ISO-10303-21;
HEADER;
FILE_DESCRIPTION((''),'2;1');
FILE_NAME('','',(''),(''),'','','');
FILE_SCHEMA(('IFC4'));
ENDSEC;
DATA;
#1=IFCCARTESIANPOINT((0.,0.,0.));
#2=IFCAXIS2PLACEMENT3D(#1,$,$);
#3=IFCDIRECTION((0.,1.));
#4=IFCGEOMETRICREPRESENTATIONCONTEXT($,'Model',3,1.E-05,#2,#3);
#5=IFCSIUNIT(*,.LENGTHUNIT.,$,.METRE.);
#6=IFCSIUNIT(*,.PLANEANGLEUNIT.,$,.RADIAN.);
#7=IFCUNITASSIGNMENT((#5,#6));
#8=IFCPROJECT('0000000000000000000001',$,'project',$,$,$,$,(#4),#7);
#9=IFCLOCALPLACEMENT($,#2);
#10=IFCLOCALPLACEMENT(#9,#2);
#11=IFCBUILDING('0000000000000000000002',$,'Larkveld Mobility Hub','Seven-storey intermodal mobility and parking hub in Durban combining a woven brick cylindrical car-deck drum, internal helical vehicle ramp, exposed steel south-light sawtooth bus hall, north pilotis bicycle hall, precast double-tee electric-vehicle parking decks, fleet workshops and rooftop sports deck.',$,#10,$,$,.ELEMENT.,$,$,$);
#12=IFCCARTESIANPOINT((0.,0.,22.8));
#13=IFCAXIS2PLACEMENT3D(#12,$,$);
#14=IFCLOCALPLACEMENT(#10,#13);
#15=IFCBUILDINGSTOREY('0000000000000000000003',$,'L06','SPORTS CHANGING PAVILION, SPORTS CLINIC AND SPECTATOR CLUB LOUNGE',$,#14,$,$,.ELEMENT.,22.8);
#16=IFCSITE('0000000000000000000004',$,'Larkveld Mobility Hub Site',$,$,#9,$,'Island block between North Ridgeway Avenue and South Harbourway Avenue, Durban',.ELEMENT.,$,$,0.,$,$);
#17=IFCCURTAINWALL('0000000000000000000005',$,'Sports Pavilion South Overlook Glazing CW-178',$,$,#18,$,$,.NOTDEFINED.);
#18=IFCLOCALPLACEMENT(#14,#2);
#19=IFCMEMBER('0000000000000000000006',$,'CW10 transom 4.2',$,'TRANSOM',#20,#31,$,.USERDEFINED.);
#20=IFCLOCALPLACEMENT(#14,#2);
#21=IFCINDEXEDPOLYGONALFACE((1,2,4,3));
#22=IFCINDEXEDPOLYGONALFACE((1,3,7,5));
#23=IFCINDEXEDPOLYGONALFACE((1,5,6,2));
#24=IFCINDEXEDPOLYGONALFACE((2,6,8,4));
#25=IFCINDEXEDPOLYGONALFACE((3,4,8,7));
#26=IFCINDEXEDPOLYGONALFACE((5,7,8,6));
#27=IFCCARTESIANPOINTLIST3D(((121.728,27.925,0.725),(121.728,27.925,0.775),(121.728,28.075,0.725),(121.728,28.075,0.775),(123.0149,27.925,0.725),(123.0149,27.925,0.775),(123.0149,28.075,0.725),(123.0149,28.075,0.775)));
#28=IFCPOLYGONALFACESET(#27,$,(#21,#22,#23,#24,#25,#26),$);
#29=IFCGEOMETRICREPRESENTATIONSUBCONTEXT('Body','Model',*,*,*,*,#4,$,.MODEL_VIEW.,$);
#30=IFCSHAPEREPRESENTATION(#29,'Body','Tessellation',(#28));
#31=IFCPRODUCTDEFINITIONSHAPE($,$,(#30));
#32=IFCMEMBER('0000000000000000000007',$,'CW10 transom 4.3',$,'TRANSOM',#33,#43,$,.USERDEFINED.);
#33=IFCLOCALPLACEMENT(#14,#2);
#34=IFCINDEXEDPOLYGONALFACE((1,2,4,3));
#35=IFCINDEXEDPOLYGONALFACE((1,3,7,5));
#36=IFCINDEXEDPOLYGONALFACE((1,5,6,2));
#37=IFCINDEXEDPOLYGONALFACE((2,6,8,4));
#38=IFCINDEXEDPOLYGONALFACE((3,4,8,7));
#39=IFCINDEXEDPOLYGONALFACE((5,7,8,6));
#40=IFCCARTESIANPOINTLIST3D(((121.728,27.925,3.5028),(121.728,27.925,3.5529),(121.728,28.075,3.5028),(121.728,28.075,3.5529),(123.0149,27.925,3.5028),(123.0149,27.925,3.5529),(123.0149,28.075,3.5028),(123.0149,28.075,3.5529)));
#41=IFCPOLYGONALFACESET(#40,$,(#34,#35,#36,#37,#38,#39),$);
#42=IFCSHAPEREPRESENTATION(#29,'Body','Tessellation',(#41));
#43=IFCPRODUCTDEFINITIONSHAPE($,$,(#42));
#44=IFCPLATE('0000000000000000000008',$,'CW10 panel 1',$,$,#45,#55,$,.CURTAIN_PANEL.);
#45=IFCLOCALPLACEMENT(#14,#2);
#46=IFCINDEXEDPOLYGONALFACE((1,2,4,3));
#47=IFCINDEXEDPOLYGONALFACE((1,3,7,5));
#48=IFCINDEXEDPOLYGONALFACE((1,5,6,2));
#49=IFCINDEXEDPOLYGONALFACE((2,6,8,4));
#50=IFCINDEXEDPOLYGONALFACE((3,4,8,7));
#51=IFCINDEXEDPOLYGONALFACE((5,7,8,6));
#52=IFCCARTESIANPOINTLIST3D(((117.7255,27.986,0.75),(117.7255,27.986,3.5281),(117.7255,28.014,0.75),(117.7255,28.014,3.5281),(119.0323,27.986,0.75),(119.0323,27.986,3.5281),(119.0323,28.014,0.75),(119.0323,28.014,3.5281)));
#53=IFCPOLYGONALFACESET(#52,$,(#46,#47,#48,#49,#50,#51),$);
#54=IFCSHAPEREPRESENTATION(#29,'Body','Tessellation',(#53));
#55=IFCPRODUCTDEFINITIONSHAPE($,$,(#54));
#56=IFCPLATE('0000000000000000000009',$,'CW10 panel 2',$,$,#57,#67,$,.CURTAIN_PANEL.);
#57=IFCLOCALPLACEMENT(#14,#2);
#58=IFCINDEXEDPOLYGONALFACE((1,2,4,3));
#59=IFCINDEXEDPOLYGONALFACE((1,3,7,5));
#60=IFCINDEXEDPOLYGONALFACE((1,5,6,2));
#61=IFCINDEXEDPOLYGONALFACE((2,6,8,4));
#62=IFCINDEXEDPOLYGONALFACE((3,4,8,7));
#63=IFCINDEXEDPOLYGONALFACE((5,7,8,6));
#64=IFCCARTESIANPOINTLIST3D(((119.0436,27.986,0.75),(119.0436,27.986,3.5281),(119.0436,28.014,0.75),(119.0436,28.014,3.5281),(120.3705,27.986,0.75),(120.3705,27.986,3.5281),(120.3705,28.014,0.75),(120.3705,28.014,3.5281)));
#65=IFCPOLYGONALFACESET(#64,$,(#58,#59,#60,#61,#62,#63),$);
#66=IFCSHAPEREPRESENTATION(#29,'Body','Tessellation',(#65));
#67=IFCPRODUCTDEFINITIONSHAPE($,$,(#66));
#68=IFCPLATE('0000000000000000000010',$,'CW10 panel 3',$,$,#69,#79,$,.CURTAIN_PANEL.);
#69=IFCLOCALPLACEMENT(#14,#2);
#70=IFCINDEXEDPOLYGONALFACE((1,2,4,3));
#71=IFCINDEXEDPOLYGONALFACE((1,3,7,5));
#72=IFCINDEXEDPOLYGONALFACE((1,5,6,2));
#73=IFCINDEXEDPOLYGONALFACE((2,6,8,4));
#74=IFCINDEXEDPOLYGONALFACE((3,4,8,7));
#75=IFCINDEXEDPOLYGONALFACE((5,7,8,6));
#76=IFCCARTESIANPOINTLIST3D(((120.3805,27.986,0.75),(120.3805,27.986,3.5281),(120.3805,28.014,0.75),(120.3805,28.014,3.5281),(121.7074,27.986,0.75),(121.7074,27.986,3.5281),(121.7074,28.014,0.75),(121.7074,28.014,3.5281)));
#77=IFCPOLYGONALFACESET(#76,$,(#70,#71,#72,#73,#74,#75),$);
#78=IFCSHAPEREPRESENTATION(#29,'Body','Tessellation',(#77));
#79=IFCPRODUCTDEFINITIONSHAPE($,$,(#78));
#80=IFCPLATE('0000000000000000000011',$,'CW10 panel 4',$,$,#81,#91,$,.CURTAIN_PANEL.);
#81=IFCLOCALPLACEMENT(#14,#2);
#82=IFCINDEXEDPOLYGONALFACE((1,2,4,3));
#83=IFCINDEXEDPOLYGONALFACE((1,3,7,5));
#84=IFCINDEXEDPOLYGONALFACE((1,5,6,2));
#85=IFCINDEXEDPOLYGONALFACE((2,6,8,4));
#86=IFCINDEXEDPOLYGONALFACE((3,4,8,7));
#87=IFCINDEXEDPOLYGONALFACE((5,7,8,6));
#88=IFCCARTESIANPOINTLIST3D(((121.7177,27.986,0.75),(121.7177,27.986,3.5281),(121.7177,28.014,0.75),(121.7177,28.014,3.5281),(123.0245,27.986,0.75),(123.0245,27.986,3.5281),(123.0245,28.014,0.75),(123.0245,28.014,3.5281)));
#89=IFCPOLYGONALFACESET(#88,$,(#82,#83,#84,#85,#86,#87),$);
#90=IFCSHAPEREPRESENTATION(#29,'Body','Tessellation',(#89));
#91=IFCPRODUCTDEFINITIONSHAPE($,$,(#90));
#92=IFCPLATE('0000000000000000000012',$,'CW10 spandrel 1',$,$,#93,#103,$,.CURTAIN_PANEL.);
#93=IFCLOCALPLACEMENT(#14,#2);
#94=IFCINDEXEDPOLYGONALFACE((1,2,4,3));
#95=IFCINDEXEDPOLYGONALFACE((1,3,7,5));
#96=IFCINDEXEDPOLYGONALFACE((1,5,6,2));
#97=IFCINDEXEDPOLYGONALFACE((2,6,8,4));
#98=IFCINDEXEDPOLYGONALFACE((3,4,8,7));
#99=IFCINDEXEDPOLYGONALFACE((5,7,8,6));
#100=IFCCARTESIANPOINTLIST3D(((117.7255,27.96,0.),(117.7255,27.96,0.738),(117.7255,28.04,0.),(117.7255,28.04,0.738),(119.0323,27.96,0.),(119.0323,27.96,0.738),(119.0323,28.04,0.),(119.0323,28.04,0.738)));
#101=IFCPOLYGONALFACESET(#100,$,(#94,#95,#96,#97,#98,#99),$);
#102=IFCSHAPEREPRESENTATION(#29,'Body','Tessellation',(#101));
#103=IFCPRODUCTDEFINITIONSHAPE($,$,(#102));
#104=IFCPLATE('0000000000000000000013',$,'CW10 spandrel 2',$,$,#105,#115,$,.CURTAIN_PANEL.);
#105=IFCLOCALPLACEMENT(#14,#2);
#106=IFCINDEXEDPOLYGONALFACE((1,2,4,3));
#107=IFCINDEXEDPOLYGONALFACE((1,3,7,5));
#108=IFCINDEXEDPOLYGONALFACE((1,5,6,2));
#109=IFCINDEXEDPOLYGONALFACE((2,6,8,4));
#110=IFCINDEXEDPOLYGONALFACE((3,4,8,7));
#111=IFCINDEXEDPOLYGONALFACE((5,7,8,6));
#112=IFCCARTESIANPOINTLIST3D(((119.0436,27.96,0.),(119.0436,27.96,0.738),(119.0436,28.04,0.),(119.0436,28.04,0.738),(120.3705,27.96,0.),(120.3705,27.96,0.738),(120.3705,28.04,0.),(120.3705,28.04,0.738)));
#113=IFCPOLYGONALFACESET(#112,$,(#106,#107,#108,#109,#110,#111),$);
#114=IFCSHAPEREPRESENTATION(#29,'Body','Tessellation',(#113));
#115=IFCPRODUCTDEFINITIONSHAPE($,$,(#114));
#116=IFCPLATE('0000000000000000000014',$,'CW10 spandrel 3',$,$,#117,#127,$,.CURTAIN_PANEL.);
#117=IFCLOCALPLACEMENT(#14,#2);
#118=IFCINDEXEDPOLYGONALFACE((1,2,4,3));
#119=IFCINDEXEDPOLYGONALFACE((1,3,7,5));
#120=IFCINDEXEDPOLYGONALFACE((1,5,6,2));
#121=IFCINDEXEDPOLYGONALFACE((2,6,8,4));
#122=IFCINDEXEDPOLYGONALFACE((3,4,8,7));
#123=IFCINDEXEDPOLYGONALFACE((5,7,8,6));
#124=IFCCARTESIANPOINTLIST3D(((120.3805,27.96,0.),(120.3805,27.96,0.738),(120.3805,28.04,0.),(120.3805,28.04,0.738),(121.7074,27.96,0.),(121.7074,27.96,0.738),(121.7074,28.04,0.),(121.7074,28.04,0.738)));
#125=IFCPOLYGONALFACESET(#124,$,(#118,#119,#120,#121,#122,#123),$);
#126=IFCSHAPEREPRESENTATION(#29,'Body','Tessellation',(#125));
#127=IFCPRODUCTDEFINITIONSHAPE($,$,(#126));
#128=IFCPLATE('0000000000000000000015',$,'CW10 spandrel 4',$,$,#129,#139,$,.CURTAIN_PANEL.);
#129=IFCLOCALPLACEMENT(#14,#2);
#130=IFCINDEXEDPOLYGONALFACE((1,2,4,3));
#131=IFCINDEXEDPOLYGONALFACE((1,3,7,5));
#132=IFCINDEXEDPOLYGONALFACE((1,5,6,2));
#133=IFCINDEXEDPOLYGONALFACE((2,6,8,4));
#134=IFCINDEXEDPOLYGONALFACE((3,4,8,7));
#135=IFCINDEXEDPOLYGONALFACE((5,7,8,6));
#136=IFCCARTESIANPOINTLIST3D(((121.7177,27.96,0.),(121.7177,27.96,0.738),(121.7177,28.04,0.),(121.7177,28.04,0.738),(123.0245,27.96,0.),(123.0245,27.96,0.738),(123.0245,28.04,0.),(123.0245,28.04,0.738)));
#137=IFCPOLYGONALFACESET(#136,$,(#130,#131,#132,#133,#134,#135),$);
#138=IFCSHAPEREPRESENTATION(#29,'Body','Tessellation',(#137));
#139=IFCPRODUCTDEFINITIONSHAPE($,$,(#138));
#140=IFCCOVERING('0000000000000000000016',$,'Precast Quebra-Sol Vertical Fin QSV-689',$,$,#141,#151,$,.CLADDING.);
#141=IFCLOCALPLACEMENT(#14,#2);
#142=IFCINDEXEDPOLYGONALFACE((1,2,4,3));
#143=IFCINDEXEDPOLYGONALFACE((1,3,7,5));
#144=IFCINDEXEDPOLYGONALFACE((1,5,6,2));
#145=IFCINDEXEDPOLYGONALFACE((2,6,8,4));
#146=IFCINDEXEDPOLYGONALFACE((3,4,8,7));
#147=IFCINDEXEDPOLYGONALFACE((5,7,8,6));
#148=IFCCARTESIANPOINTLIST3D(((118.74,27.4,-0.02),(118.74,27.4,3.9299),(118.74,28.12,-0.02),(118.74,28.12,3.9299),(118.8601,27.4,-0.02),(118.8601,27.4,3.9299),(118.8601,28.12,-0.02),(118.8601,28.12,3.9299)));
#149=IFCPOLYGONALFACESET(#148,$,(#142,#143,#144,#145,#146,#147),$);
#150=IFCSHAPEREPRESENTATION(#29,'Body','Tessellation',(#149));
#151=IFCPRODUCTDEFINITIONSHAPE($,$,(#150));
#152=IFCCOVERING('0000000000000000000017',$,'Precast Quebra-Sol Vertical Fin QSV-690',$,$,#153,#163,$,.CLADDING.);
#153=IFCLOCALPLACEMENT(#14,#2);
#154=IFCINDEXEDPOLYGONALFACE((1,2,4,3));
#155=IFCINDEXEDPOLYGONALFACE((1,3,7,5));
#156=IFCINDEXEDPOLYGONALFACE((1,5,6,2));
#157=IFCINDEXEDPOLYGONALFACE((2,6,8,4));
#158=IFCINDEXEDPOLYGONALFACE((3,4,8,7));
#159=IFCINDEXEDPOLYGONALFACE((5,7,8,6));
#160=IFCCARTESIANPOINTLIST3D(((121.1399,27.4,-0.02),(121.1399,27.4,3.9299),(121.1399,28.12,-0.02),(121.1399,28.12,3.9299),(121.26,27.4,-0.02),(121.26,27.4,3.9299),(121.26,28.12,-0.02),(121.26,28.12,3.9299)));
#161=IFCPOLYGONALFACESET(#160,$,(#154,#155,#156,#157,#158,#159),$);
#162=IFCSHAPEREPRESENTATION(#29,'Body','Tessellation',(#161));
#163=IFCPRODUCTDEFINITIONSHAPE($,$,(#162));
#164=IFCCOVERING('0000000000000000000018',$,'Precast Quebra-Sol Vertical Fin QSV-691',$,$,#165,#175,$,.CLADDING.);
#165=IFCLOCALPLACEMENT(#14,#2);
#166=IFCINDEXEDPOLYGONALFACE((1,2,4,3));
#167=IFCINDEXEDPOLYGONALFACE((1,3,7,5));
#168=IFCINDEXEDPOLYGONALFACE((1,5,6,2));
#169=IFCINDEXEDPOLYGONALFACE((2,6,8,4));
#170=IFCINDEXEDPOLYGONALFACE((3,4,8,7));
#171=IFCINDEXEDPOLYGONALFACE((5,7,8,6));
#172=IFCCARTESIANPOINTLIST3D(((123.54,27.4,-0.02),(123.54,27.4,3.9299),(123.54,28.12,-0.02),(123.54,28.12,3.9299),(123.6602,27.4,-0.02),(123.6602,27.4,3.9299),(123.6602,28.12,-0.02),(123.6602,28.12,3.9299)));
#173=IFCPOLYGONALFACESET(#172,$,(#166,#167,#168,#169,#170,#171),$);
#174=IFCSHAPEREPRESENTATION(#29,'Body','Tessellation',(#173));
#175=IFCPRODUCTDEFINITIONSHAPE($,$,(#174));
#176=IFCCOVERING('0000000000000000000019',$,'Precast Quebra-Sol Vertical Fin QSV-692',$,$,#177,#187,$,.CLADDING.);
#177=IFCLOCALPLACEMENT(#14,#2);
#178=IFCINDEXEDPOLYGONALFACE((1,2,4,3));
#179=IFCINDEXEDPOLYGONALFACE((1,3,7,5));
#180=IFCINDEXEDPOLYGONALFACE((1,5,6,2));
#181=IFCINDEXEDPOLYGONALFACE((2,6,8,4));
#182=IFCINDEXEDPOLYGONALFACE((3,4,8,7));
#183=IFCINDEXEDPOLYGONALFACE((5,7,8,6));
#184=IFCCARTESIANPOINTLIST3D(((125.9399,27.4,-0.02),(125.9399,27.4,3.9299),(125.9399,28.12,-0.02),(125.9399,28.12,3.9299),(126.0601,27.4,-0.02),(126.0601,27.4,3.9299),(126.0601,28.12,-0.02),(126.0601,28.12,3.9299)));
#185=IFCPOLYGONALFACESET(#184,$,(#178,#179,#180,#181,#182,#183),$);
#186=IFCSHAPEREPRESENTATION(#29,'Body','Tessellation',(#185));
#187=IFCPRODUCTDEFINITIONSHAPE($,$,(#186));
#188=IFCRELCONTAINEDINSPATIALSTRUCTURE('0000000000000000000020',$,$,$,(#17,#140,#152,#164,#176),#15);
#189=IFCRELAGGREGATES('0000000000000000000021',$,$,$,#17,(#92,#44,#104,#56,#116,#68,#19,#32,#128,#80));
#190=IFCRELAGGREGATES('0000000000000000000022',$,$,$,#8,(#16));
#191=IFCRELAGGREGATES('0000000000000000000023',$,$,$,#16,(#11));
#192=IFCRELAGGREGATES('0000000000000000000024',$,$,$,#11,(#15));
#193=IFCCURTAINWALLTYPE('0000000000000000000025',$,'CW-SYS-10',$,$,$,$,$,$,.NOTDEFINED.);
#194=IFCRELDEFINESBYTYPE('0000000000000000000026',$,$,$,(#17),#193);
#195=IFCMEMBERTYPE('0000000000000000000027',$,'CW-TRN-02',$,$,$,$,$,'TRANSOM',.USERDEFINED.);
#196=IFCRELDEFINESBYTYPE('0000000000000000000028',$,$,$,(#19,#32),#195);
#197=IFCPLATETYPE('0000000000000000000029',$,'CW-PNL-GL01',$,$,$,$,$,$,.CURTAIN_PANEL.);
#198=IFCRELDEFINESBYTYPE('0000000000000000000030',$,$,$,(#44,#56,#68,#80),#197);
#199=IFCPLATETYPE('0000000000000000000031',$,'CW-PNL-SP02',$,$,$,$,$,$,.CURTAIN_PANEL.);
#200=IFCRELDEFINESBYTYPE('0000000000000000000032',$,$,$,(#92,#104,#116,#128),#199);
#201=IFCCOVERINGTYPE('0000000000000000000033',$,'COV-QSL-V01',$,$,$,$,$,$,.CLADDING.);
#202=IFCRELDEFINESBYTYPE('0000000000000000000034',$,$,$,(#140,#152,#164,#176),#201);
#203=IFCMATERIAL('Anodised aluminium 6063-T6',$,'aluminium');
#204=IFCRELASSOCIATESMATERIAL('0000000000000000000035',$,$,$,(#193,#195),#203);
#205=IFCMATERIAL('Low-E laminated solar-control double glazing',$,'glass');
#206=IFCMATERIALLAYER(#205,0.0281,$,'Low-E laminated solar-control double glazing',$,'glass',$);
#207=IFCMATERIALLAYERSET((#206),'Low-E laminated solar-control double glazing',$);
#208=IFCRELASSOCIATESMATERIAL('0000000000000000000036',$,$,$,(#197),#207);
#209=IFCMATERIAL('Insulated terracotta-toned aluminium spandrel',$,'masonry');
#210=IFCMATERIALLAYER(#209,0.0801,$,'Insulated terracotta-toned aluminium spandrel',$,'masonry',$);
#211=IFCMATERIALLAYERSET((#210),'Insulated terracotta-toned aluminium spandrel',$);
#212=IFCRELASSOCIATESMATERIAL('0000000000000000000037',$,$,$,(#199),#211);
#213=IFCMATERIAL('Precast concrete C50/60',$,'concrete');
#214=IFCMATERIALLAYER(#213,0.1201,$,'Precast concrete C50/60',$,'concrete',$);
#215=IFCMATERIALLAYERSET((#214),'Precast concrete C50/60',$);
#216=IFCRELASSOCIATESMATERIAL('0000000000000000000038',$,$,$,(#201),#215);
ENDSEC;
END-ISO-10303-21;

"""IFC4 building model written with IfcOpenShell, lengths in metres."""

from ifc_helpers import new_model, si_unit, direction, frame, origin, origin_2d, place, context, subcontext, project, spatial, rectangle, extrude, material, layer, layer_set, material_profile, profile_set, type_object, element, aggregate, save


model = new_model("IFC4")

# Units and contexts
model_context = context("Model", 3, precision=1e-05, world=origin(), true_north=direction((0.0, 1.0)))
body_context = subcontext(model_context, "Body", "Model", "MODEL_VIEW")
ifc_project = project(units=[si_unit("LENGTHUNIT", "METRE"), si_unit("PLANEANGLEUNIT", "RADIAN")], contexts=[model_context])

# Site, building, storey
site_placement = place(None, origin())
site = spatial("IfcSite", under=ifc_project, at=site_placement, Name="Larkveld Mobility Hub Site", LongName="Island block between North Ridgeway Avenue and South Harbourway Avenue, Durban", CompositionType="ELEMENT", RefElevation=0.0)
building_placement = place(site_placement, origin())
building = spatial("IfcBuilding", under=site, at=building_placement, Name="Larkveld Mobility Hub", Description="Seven-storey intermodal mobility and parking hub in Durban combining a woven brick cylindrical car-deck drum, internal helical vehicle ramp, exposed steel south-light sawtooth bus hall, north pilotis bicycle hall, precast double-tee electric-vehicle parking decks, fleet workshops and rooftop sports deck.", CompositionType="ELEMENT")
storey_placement = place(building_placement, frame((0.0, 0.0, 22.8)))
storey = spatial("IfcBuildingStorey", under=building, at=storey_placement, Name="L06", Description="SPORTS CHANGING PAVILION, SPORTS CLINIC AND SPECTATOR CLUB LOUNGE", CompositionType="ELEMENT", Elevation=22.8)

# Curtain wall, members, plates
ifc_material_1 = material(Name="Anodised aluminium 6063-T6", Category="aluminium")
curtain_wall_type = type_object("IfcCurtainWallType", Name="CW-SYS-10", PredefinedType="NOTDEFINED", material=ifc_material_1)
curtain_wall_placement = place(storey_placement, origin())
curtain_wall = element("IfcCurtainWall", 1, at=curtain_wall_placement, inside=storey, type_object=curtain_wall_type, Name="Sports Pavilion South Overlook Glazing CW-178", PredefinedType="NOTDEFINED")
ifc_material_profile_1 = material_profile(ifc_material_1, rectangle(XDim=0.1499, YDim=0.05, at=origin_2d()), Name="ALU TRAN 50x150")
ifc_profile_set_1 = profile_set([ifc_material_profile_1], Name="Anodised aluminium 6063-T6")
member_type_1 = type_object("IfcMemberType", Name="CW-TRN-02", ElementType="TRANSOM", PredefinedType="USERDEFINED", material=ifc_profile_set_1)
member_1_placement = place(storey_placement, frame((121.728, 28.0, 0.75), z_axis=(1.0, 0.0, 0.0), x_axis=(0.0, 1.0, 0.0)))
member_1 = element("IfcMember", 2, at=member_1_placement, type_object=member_type_1, Name="CW10 transom 4.2", ObjectType="TRANSOM", PredefinedType="USERDEFINED", context=body_context, shape_type="SweptSolid", body=[
    extrude(rectangle(XDim=0.1499, YDim=0.05, at=origin_2d()), origin(), (0.0, 0.0, 1.0), 1.2869),
])
member_2_placement = place(storey_placement, frame((121.728, 28.0, 3.5278), z_axis=(1.0, 0.0, 0.0), x_axis=(0.0, 1.0, 0.0)))
member_2 = element("IfcMember", 3, at=member_2_placement, type_object=member_type_1, Name="CW10 transom 4.3", ObjectType="TRANSOM", PredefinedType="USERDEFINED", context=body_context, shape_type="SweptSolid", body=[
    extrude(rectangle(XDim=0.1499, YDim=0.05, at=origin_2d()), origin(), (0.0, 0.0, 1.0), 1.2869),
])
ifc_material_2 = material(Name="Low-E laminated solar-control double glazing", Category="glass")
ifc_layer_1 = layer(ifc_material_2, 0.0281, Name="Low-E laminated solar-control double glazing", Category="glass")
ifc_layer_set_1 = layer_set([ifc_layer_1], Name="Low-E laminated solar-control double glazing")
plate_type_1 = type_object("IfcPlateType", Name="CW-PNL-GL01", PredefinedType="CURTAIN_PANEL", material=ifc_layer_set_1)
plate_1_placement = place(storey_placement, frame((118.3789, 28.0, 0.75), z_axis=(0.0, 0.0, 1.0), x_axis=(1.0, 0.0, 0.0)))
plate_1 = element("IfcPlate", 4, at=plate_1_placement, type_object=plate_type_1, Name="CW10 panel 1", PredefinedType="CURTAIN_PANEL", context=body_context, shape_type="SweptSolid", body=[
    extrude(rectangle(XDim=1.3069, YDim=0.0281, at=origin_2d()), origin(), (0.0, 0.0, 1.0), 2.7781),
])
plate_2_placement = place(storey_placement, frame((119.707, 28.0, 0.75), z_axis=(0.0, 0.0, 1.0), x_axis=(1.0, 0.0, 0.0)))
plate_2 = element("IfcPlate", 5, at=plate_2_placement, type_object=plate_type_1, Name="CW10 panel 2", PredefinedType="CURTAIN_PANEL", context=body_context, shape_type="SweptSolid", body=[
    extrude(rectangle(XDim=1.3269, YDim=0.0281, at=origin_2d()), origin(), (0.0, 0.0, 1.0), 2.7781),
])
plate_3_placement = place(storey_placement, frame((121.0439, 28.0, 0.75), z_axis=(0.0, 0.0, 1.0), x_axis=(1.0, 0.0, 0.0)))
plate_3 = element("IfcPlate", 6, at=plate_3_placement, type_object=plate_type_1, Name="CW10 panel 3", PredefinedType="CURTAIN_PANEL", context=body_context, shape_type="SweptSolid", body=[
    extrude(rectangle(XDim=1.3269, YDim=0.0281, at=origin_2d()), origin(), (0.0, 0.0, 1.0), 2.7781),
])
plate_4_placement = place(storey_placement, frame((122.3711, 28.0, 0.75), z_axis=(0.0, 0.0, 1.0), x_axis=(1.0, 0.0, 0.0)))
plate_4 = element("IfcPlate", 7, at=plate_4_placement, type_object=plate_type_1, Name="CW10 panel 4", PredefinedType="CURTAIN_PANEL", context=body_context, shape_type="SweptSolid", body=[
    extrude(rectangle(XDim=1.3069, YDim=0.0281, at=origin_2d()), origin(), (0.0, 0.0, 1.0), 2.7781),
])
ifc_material_3 = material(Name="Insulated terracotta-toned aluminium spandrel", Category="masonry")
ifc_layer_2 = layer(ifc_material_3, 0.0801, Name="Insulated terracotta-toned aluminium spandrel", Category="masonry")
ifc_layer_set_2 = layer_set([ifc_layer_2], Name="Insulated terracotta-toned aluminium spandrel")
plate_type_2 = type_object("IfcPlateType", Name="CW-PNL-SP02", PredefinedType="CURTAIN_PANEL", material=ifc_layer_set_2)
plate_5_placement = place(storey_placement, frame((118.3789, 28.0, 0.0), z_axis=(0.0, 0.0, 1.0), x_axis=(1.0, 0.0, 0.0)))
plate_5 = element("IfcPlate", 8, at=plate_5_placement, type_object=plate_type_2, Name="CW10 spandrel 1", PredefinedType="CURTAIN_PANEL", context=body_context, shape_type="SweptSolid", body=[
    extrude(rectangle(XDim=1.3069, YDim=0.0801, at=origin_2d()), origin(), (0.0, 0.0, 1.0), 0.738),
])
plate_6_placement = place(storey_placement, frame((119.707, 28.0, 0.0), z_axis=(0.0, 0.0, 1.0), x_axis=(1.0, 0.0, 0.0)))
plate_6 = element("IfcPlate", 9, at=plate_6_placement, type_object=plate_type_2, Name="CW10 spandrel 2", PredefinedType="CURTAIN_PANEL", context=body_context, shape_type="SweptSolid", body=[
    extrude(rectangle(XDim=1.3269, YDim=0.0801, at=origin_2d()), origin(), (0.0, 0.0, 1.0), 0.738),
])
plate_7_placement = place(storey_placement, frame((121.0439, 28.0, 0.0), z_axis=(0.0, 0.0, 1.0), x_axis=(1.0, 0.0, 0.0)))
plate_7 = element("IfcPlate", 10, at=plate_7_placement, type_object=plate_type_2, Name="CW10 spandrel 3", PredefinedType="CURTAIN_PANEL", context=body_context, shape_type="SweptSolid", body=[
    extrude(rectangle(XDim=1.3269, YDim=0.0801, at=origin_2d()), origin(), (0.0, 0.0, 1.0), 0.738),
])
plate_8_placement = place(storey_placement, frame((122.3711, 28.0, 0.0), z_axis=(0.0, 0.0, 1.0), x_axis=(1.0, 0.0, 0.0)))
plate_8 = element("IfcPlate", 11, at=plate_8_placement, type_object=plate_type_2, Name="CW10 spandrel 4", PredefinedType="CURTAIN_PANEL", context=body_context, shape_type="SweptSolid", body=[
    extrude(rectangle(XDim=1.3069, YDim=0.0801, at=origin_2d()), origin(), (0.0, 0.0, 1.0), 0.738),
])
aggregate(curtain_wall, [plate_5, plate_1, plate_6, plate_2, plate_7, plate_3, member_1, member_2, plate_8, plate_4])

# Coverings
ifc_material_4 = material(Name="Precast concrete C50/60", Category="concrete")
ifc_layer_3 = layer(ifc_material_4, 0.1201, Name="Precast concrete C50/60", Category="concrete")
ifc_layer_set_3 = layer_set([ifc_layer_3], Name="Precast concrete C50/60")
covering_type = type_object("IfcCoveringType", Name="COV-QSL-V01", PredefinedType="CLADDING", material=ifc_layer_set_3)
for number, where, z_axis, x_axis, name in (
    (12, (118.8, 27.76, -0.02), (0.0, 0.0, 1.0), (1.0, 0.0, 0.0), "Precast Quebra-Sol Vertical Fin QSV-689"),
    (13, (121.2, 27.76, -0.02), (0.0, 0.0, 1.0), (1.0, 0.0, 0.0), "Precast Quebra-Sol Vertical Fin QSV-690"),
    (14, (123.6001, 27.76, -0.02), (0.0, 0.0, 1.0), (1.0, 0.0, 0.0), "Precast Quebra-Sol Vertical Fin QSV-691"),
    (15, (126.0, 27.76, -0.02), (0.0, 0.0, 1.0), (1.0, 0.0, 0.0), "Precast Quebra-Sol Vertical Fin QSV-692"),
):
    element("IfcCovering", number, at=place(storey_placement, frame(where, z_axis=z_axis, x_axis=x_axis)), inside=storey, type_object=covering_type, Name=name, PredefinedType="CLADDING", context=body_context, shape_type="SweptSolid", body=[
        extrude(rectangle(XDim=0.1201, YDim=0.72, at=origin_2d()), origin(), (0.0, 0.0, 1.0), 3.95),
    ])

save(model, "model.ifc")
